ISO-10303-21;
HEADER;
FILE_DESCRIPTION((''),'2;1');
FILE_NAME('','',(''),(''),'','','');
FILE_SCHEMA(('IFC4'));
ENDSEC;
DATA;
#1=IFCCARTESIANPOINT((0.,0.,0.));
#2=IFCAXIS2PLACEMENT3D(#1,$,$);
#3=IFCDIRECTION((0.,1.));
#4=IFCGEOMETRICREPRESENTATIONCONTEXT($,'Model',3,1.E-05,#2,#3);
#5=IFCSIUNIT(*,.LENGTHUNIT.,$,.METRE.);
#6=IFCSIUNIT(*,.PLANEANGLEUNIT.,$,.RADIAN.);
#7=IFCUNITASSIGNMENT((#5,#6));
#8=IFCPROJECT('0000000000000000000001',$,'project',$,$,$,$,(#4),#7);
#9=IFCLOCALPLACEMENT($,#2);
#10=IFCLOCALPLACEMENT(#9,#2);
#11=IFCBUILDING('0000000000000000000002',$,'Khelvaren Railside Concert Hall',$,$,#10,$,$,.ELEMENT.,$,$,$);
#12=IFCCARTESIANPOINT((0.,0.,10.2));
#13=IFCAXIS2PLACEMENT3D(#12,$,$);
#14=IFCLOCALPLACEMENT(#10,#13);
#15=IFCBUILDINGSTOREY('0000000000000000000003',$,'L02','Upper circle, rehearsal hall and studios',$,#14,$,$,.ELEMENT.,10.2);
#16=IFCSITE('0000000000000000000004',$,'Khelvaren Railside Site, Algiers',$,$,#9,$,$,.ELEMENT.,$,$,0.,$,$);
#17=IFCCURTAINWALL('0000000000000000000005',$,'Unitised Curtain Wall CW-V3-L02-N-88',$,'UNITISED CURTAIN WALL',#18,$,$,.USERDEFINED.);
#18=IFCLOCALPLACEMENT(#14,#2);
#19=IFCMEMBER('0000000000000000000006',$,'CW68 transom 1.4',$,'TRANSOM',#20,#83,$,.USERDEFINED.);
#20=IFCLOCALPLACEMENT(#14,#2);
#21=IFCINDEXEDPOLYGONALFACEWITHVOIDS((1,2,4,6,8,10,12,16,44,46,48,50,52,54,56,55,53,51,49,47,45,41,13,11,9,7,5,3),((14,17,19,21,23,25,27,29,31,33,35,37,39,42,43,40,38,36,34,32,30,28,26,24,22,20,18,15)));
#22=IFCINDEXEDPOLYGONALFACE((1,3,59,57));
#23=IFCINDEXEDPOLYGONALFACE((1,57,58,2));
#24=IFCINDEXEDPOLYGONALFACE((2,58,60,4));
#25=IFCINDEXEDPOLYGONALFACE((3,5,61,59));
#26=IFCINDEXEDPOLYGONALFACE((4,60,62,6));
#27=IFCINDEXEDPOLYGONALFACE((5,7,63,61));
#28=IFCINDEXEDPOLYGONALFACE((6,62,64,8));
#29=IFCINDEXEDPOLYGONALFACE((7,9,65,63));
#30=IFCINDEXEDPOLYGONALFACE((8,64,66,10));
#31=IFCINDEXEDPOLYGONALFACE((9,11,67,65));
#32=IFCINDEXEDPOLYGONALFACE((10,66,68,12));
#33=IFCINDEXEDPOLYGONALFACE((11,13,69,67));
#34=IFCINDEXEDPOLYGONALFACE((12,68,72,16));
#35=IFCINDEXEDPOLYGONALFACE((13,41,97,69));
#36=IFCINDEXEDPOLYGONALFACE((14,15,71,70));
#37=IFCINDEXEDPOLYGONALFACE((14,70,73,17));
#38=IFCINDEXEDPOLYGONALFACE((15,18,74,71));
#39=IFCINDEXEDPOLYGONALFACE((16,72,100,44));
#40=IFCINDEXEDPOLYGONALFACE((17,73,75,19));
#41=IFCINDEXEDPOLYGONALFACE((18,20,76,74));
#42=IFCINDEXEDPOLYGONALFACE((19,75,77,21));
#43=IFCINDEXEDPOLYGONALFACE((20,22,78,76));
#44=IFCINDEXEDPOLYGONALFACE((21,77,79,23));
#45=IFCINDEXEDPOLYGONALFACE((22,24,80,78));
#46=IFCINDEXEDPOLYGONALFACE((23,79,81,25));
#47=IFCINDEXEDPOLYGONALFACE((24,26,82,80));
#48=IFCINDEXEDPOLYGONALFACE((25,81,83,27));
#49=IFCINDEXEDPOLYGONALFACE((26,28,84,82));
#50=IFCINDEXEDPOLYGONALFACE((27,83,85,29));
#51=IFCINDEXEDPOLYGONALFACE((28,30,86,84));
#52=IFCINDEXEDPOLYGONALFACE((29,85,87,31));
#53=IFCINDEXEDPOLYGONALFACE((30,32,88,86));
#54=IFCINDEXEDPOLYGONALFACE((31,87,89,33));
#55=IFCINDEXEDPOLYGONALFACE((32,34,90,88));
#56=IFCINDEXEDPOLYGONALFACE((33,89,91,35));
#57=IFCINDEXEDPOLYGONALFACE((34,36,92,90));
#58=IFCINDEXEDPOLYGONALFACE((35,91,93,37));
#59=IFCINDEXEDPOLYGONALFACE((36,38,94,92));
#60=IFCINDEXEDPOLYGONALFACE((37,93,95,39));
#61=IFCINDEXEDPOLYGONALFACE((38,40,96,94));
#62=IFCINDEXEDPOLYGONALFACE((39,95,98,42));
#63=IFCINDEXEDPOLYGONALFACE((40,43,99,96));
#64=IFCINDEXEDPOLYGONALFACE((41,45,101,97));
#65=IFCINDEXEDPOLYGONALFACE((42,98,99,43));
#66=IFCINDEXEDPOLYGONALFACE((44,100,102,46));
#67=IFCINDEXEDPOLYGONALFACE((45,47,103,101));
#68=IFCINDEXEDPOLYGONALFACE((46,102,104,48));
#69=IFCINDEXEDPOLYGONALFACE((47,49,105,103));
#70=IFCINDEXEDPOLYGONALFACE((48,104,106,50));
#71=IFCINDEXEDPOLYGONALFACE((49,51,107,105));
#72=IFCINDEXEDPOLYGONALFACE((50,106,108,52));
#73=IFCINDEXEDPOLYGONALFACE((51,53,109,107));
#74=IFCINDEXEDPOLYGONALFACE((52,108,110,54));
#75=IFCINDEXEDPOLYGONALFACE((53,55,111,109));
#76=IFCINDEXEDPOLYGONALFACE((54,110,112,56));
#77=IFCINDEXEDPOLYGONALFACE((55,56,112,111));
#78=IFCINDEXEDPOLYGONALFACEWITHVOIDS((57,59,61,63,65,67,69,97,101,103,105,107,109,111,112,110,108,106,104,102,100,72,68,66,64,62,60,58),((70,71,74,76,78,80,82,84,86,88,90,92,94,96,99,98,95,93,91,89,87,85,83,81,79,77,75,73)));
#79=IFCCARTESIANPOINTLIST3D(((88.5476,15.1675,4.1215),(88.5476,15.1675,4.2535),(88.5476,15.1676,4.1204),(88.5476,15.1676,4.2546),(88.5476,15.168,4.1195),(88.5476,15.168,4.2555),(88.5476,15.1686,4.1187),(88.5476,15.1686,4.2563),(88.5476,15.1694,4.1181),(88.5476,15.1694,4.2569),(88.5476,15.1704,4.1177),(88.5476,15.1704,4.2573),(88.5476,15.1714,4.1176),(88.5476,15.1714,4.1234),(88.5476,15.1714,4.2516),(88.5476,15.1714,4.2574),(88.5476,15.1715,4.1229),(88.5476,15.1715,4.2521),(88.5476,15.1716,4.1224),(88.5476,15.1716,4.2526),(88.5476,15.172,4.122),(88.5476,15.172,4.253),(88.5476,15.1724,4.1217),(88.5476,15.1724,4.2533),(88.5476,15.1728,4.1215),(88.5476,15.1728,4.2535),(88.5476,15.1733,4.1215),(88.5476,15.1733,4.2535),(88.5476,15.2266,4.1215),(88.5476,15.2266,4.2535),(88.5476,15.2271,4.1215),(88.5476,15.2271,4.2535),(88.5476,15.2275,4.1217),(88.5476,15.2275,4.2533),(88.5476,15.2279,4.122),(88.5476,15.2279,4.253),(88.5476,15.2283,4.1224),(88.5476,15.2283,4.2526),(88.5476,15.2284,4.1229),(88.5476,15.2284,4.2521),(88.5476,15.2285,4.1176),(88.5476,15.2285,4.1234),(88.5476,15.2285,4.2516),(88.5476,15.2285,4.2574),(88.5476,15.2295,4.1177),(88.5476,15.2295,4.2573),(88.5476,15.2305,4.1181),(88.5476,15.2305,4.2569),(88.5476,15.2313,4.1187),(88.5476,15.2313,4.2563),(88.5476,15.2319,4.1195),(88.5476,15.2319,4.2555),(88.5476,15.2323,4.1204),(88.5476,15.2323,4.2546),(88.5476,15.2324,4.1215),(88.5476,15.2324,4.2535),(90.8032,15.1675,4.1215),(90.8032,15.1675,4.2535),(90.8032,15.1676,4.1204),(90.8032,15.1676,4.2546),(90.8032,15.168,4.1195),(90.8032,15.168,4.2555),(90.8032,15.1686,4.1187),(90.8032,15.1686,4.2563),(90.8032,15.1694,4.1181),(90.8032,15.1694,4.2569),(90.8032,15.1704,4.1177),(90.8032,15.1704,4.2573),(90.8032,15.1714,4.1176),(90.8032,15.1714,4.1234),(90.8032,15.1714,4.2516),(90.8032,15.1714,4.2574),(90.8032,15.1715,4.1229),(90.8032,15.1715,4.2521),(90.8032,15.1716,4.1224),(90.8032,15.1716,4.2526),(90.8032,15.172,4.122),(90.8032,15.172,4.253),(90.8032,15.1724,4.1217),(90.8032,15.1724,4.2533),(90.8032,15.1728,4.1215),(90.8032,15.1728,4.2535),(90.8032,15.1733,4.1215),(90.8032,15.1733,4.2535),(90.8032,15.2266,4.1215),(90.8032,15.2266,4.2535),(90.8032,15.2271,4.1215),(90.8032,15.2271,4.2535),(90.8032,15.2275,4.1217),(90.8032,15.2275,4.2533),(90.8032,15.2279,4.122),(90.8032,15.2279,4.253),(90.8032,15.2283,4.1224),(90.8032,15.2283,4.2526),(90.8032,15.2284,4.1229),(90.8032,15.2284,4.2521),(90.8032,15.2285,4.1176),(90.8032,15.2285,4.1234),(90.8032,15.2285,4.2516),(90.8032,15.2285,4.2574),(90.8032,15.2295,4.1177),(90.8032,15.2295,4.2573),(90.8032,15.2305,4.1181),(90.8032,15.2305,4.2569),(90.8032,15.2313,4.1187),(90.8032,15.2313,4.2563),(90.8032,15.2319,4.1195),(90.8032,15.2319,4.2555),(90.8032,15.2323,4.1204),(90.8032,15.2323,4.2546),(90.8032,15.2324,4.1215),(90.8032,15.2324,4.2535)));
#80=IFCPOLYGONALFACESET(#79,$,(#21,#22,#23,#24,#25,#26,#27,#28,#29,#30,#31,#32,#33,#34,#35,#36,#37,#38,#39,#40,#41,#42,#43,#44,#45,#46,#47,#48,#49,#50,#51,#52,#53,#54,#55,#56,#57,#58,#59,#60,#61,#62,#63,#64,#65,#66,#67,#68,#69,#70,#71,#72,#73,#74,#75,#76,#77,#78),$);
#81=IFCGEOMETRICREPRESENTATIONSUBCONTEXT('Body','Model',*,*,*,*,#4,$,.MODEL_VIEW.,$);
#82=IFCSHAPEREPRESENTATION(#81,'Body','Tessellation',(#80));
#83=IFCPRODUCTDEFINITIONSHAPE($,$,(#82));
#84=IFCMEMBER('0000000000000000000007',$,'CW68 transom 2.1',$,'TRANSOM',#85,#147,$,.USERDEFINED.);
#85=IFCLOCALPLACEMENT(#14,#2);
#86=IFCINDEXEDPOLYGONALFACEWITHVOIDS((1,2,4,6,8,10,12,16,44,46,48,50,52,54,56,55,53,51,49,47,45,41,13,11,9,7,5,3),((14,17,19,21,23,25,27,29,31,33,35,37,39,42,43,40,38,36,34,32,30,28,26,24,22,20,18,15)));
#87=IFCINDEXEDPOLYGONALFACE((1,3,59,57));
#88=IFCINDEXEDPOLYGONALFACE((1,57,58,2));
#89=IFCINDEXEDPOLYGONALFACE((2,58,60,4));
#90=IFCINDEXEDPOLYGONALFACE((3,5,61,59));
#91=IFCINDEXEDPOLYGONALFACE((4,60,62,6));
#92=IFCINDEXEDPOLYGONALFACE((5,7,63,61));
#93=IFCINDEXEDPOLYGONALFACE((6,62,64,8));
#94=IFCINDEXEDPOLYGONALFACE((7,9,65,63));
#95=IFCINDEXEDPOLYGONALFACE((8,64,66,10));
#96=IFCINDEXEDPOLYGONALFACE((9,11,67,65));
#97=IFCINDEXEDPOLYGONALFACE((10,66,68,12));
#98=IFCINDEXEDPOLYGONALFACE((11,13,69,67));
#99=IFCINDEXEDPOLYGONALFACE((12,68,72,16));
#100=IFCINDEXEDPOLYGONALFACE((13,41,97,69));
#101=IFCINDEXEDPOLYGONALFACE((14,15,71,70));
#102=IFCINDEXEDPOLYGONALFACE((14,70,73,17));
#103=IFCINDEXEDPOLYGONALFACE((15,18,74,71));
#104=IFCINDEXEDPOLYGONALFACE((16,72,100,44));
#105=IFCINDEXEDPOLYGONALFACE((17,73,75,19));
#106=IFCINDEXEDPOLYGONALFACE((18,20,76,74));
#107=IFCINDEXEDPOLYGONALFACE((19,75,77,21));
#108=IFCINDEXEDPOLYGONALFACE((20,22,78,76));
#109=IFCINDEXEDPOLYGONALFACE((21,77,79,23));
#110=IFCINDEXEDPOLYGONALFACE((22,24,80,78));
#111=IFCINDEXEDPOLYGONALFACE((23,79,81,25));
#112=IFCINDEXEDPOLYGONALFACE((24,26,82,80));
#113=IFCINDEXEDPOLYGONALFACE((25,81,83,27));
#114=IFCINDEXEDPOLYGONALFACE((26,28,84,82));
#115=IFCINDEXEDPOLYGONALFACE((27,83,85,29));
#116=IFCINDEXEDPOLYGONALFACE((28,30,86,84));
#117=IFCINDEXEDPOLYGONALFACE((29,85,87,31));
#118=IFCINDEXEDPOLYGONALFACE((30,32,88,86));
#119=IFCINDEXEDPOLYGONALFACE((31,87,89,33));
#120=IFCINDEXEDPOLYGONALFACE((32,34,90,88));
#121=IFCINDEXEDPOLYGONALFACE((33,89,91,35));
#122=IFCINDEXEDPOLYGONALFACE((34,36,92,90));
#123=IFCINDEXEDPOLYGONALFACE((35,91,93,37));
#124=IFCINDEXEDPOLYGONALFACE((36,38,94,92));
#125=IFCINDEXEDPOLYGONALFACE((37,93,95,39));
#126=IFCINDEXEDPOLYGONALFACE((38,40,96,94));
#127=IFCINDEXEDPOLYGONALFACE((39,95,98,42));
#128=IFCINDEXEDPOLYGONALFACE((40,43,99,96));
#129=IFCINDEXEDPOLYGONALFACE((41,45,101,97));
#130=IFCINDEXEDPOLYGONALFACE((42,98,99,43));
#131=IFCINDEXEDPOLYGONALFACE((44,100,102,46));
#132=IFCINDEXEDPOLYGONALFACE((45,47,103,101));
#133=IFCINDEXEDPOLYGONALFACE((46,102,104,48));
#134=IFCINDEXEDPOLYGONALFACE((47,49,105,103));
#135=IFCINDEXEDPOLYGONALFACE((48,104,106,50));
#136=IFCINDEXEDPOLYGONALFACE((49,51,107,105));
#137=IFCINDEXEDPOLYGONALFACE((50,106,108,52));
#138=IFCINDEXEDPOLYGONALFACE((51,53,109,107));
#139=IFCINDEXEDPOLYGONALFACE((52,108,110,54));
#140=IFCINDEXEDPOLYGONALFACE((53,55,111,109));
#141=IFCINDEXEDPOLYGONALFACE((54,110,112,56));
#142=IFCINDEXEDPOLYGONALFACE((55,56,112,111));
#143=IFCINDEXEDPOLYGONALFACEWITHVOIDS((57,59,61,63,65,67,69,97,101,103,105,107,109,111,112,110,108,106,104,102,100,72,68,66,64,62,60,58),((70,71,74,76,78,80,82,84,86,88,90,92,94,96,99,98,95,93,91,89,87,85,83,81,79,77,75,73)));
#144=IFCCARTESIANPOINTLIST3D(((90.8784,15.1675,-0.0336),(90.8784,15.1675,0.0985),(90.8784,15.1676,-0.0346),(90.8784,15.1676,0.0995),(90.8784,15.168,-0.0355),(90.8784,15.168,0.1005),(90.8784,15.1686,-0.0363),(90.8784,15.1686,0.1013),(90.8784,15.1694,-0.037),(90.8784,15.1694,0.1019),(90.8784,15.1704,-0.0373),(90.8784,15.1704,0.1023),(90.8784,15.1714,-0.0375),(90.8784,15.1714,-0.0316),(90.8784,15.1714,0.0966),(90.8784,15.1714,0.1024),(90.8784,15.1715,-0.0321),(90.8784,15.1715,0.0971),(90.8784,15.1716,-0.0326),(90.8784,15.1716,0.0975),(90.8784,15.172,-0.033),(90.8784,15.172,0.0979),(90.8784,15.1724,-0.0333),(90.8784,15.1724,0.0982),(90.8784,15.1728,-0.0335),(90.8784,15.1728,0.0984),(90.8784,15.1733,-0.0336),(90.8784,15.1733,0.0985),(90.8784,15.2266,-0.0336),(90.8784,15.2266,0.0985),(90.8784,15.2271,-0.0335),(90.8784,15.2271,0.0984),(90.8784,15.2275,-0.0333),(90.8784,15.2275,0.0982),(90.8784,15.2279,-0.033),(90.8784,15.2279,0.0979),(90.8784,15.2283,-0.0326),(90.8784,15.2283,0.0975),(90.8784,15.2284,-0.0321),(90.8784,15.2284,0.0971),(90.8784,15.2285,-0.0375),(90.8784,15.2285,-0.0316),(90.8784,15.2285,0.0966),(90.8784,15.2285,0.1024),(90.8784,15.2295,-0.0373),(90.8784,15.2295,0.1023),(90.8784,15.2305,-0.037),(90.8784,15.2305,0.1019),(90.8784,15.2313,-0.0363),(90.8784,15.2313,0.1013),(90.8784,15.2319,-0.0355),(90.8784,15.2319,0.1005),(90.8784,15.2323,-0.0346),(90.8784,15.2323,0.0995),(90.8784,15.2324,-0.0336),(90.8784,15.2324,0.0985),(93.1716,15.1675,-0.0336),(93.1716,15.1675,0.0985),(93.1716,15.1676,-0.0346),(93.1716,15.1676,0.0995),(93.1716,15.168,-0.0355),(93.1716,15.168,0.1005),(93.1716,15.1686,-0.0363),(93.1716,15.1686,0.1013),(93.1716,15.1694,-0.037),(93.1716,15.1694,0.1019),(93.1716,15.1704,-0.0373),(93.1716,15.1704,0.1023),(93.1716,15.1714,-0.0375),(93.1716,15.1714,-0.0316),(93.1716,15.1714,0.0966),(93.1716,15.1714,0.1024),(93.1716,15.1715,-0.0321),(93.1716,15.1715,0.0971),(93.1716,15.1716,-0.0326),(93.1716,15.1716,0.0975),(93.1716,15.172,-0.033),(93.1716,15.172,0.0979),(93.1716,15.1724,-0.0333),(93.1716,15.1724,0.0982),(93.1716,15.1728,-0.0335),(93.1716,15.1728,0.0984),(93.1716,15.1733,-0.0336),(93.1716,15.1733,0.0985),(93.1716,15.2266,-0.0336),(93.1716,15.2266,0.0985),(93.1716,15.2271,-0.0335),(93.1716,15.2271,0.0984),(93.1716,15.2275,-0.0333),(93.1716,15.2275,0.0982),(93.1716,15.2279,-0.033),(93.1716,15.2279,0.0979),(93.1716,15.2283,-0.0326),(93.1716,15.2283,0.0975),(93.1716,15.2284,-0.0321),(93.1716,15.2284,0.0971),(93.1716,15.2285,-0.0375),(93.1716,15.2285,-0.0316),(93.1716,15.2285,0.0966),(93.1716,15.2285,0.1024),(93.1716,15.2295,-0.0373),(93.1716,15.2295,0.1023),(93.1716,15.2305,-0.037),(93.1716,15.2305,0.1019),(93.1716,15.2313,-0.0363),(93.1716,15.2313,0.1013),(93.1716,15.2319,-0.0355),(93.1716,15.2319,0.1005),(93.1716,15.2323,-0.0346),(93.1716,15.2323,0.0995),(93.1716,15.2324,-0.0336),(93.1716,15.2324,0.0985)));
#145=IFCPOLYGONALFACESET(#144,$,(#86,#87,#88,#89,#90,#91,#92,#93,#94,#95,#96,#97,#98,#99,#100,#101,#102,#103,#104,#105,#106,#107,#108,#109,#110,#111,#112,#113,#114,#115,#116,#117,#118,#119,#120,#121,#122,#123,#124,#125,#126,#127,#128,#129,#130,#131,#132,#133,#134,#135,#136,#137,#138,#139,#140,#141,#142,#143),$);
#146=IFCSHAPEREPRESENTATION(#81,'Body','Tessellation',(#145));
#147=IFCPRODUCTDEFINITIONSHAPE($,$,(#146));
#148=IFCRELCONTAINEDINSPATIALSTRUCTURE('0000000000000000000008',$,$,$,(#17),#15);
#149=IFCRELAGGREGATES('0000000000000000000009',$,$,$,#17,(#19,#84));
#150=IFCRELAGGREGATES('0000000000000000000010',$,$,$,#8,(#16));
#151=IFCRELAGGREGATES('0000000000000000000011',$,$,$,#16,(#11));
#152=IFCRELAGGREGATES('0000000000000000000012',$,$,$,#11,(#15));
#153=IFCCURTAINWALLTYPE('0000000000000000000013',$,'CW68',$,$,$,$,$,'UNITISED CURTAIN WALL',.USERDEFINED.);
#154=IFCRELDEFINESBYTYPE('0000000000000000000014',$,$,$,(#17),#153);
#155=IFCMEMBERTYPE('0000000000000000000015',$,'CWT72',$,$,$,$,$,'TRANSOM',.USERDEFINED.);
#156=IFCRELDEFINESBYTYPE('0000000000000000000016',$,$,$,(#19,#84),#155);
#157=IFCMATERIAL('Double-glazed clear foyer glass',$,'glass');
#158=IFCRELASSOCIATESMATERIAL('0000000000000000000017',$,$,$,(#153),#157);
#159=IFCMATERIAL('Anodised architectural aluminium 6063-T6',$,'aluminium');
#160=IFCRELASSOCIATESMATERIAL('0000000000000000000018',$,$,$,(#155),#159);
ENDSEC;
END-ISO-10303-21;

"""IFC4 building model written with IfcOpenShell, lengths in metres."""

from ifc_helpers import new_model, si_unit, direction, frame, origin, origin_2d, place, context, subcontext, project, spatial, hollow_rectangle, extrude, material, material_profile, profile_set, type_object, element, aggregate, save


model = new_model("IFC4")

# Units and contexts
model_context = context("Model", 3, precision=1e-05, world=origin(), true_north=direction((0.0, 1.0)))
body_context = subcontext(model_context, "Body", "Model", "MODEL_VIEW")
ifc_project = project(units=[si_unit("LENGTHUNIT", "METRE"), si_unit("PLANEANGLEUNIT", "RADIAN")], contexts=[model_context])

# Site, building, storey
site_placement = place(None, origin())
site = spatial("IfcSite", under=ifc_project, at=site_placement, Name="Khelvaren Railside Site, Algiers", CompositionType="ELEMENT", RefElevation=0.0)
building_placement = place(site_placement, origin())
building = spatial("IfcBuilding", under=site, at=building_placement, Name="Khelvaren Railside Concert Hall", CompositionType="ELEMENT")
storey_placement = place(building_placement, frame((0.0, 0.0, 10.2)))
storey = spatial("IfcBuildingStorey", under=building, at=storey_placement, Name="L02", Description="Upper circle, rehearsal hall and studios", CompositionType="ELEMENT", Elevation=10.2)

# Curtain wall, members
ifc_material_1 = material(Name="Double-glazed clear foyer glass", Category="glass")
curtain_wall_type = type_object("IfcCurtainWallType", Name="CW68", ElementType="UNITISED CURTAIN WALL", PredefinedType="USERDEFINED", material=ifc_material_1)
curtain_wall_placement = place(storey_placement, origin())
curtain_wall = element("IfcCurtainWall", 1, at=curtain_wall_placement, inside=storey, type_object=curtain_wall_type, Name="Unitised Curtain Wall CW-V3-L02-N-88", ObjectType="UNITISED CURTAIN WALL", PredefinedType="USERDEFINED")
ifc_material_2 = material(Name="Anodised architectural aluminium 6063-T6", Category="aluminium")
ifc_material_profile_1 = material_profile(ifc_material_2, hollow_rectangle(XDim=0.0649, YDim=0.1399, WallThickness=0.0039, InnerFilletRadius=0.002, OuterFilletRadius=0.0039, at=origin_2d()), Name="CWT 65x140x4")
ifc_profile_set_1 = profile_set([ifc_material_profile_1], Name="Anodised architectural aluminium 6063-T6")
member_type_1 = type_object("IfcMemberType", Name="CWT72", ElementType="TRANSOM", PredefinedType="USERDEFINED", material=ifc_profile_set_1)
member_1_placement = place(storey_placement, frame((88.5476, 15.2, 4.1875), z_axis=(1.0, 0.0, 0.0), x_axis=(0.0, 1.0, 0.0)))
member_1 = element("IfcMember", 2, at=member_1_placement, type_object=member_type_1, Name="CW68 transom 1.4", ObjectType="TRANSOM", PredefinedType="USERDEFINED", context=body_context, shape_type="SweptSolid", body=[
    extrude(hollow_rectangle(XDim=0.0649, YDim=0.1399, WallThickness=0.0039, InnerFilletRadius=0.002, OuterFilletRadius=0.0039, at=origin_2d()), origin(), (0.0, 0.0, 1.0), 2.2556),
])
member_2_placement = place(storey_placement, frame((90.8784, 15.2, 0.0325), z_axis=(1.0, 0.0, 0.0), x_axis=(0.0, 1.0, 0.0)))
member_2 = element("IfcMember", 3, at=member_2_placement, type_object=member_type_1, Name="CW68 transom 2.1", ObjectType="TRANSOM", PredefinedType="USERDEFINED", context=body_context, shape_type="SweptSolid", body=[
    extrude(hollow_rectangle(XDim=0.0649, YDim=0.1399, WallThickness=0.0039, InnerFilletRadius=0.002, OuterFilletRadius=0.0039, at=origin_2d()), origin(), (0.0, 0.0, 1.0), 2.2932),
])

aggregate(curtain_wall, [member_1, member_2])

save(model, "model.ifc")
